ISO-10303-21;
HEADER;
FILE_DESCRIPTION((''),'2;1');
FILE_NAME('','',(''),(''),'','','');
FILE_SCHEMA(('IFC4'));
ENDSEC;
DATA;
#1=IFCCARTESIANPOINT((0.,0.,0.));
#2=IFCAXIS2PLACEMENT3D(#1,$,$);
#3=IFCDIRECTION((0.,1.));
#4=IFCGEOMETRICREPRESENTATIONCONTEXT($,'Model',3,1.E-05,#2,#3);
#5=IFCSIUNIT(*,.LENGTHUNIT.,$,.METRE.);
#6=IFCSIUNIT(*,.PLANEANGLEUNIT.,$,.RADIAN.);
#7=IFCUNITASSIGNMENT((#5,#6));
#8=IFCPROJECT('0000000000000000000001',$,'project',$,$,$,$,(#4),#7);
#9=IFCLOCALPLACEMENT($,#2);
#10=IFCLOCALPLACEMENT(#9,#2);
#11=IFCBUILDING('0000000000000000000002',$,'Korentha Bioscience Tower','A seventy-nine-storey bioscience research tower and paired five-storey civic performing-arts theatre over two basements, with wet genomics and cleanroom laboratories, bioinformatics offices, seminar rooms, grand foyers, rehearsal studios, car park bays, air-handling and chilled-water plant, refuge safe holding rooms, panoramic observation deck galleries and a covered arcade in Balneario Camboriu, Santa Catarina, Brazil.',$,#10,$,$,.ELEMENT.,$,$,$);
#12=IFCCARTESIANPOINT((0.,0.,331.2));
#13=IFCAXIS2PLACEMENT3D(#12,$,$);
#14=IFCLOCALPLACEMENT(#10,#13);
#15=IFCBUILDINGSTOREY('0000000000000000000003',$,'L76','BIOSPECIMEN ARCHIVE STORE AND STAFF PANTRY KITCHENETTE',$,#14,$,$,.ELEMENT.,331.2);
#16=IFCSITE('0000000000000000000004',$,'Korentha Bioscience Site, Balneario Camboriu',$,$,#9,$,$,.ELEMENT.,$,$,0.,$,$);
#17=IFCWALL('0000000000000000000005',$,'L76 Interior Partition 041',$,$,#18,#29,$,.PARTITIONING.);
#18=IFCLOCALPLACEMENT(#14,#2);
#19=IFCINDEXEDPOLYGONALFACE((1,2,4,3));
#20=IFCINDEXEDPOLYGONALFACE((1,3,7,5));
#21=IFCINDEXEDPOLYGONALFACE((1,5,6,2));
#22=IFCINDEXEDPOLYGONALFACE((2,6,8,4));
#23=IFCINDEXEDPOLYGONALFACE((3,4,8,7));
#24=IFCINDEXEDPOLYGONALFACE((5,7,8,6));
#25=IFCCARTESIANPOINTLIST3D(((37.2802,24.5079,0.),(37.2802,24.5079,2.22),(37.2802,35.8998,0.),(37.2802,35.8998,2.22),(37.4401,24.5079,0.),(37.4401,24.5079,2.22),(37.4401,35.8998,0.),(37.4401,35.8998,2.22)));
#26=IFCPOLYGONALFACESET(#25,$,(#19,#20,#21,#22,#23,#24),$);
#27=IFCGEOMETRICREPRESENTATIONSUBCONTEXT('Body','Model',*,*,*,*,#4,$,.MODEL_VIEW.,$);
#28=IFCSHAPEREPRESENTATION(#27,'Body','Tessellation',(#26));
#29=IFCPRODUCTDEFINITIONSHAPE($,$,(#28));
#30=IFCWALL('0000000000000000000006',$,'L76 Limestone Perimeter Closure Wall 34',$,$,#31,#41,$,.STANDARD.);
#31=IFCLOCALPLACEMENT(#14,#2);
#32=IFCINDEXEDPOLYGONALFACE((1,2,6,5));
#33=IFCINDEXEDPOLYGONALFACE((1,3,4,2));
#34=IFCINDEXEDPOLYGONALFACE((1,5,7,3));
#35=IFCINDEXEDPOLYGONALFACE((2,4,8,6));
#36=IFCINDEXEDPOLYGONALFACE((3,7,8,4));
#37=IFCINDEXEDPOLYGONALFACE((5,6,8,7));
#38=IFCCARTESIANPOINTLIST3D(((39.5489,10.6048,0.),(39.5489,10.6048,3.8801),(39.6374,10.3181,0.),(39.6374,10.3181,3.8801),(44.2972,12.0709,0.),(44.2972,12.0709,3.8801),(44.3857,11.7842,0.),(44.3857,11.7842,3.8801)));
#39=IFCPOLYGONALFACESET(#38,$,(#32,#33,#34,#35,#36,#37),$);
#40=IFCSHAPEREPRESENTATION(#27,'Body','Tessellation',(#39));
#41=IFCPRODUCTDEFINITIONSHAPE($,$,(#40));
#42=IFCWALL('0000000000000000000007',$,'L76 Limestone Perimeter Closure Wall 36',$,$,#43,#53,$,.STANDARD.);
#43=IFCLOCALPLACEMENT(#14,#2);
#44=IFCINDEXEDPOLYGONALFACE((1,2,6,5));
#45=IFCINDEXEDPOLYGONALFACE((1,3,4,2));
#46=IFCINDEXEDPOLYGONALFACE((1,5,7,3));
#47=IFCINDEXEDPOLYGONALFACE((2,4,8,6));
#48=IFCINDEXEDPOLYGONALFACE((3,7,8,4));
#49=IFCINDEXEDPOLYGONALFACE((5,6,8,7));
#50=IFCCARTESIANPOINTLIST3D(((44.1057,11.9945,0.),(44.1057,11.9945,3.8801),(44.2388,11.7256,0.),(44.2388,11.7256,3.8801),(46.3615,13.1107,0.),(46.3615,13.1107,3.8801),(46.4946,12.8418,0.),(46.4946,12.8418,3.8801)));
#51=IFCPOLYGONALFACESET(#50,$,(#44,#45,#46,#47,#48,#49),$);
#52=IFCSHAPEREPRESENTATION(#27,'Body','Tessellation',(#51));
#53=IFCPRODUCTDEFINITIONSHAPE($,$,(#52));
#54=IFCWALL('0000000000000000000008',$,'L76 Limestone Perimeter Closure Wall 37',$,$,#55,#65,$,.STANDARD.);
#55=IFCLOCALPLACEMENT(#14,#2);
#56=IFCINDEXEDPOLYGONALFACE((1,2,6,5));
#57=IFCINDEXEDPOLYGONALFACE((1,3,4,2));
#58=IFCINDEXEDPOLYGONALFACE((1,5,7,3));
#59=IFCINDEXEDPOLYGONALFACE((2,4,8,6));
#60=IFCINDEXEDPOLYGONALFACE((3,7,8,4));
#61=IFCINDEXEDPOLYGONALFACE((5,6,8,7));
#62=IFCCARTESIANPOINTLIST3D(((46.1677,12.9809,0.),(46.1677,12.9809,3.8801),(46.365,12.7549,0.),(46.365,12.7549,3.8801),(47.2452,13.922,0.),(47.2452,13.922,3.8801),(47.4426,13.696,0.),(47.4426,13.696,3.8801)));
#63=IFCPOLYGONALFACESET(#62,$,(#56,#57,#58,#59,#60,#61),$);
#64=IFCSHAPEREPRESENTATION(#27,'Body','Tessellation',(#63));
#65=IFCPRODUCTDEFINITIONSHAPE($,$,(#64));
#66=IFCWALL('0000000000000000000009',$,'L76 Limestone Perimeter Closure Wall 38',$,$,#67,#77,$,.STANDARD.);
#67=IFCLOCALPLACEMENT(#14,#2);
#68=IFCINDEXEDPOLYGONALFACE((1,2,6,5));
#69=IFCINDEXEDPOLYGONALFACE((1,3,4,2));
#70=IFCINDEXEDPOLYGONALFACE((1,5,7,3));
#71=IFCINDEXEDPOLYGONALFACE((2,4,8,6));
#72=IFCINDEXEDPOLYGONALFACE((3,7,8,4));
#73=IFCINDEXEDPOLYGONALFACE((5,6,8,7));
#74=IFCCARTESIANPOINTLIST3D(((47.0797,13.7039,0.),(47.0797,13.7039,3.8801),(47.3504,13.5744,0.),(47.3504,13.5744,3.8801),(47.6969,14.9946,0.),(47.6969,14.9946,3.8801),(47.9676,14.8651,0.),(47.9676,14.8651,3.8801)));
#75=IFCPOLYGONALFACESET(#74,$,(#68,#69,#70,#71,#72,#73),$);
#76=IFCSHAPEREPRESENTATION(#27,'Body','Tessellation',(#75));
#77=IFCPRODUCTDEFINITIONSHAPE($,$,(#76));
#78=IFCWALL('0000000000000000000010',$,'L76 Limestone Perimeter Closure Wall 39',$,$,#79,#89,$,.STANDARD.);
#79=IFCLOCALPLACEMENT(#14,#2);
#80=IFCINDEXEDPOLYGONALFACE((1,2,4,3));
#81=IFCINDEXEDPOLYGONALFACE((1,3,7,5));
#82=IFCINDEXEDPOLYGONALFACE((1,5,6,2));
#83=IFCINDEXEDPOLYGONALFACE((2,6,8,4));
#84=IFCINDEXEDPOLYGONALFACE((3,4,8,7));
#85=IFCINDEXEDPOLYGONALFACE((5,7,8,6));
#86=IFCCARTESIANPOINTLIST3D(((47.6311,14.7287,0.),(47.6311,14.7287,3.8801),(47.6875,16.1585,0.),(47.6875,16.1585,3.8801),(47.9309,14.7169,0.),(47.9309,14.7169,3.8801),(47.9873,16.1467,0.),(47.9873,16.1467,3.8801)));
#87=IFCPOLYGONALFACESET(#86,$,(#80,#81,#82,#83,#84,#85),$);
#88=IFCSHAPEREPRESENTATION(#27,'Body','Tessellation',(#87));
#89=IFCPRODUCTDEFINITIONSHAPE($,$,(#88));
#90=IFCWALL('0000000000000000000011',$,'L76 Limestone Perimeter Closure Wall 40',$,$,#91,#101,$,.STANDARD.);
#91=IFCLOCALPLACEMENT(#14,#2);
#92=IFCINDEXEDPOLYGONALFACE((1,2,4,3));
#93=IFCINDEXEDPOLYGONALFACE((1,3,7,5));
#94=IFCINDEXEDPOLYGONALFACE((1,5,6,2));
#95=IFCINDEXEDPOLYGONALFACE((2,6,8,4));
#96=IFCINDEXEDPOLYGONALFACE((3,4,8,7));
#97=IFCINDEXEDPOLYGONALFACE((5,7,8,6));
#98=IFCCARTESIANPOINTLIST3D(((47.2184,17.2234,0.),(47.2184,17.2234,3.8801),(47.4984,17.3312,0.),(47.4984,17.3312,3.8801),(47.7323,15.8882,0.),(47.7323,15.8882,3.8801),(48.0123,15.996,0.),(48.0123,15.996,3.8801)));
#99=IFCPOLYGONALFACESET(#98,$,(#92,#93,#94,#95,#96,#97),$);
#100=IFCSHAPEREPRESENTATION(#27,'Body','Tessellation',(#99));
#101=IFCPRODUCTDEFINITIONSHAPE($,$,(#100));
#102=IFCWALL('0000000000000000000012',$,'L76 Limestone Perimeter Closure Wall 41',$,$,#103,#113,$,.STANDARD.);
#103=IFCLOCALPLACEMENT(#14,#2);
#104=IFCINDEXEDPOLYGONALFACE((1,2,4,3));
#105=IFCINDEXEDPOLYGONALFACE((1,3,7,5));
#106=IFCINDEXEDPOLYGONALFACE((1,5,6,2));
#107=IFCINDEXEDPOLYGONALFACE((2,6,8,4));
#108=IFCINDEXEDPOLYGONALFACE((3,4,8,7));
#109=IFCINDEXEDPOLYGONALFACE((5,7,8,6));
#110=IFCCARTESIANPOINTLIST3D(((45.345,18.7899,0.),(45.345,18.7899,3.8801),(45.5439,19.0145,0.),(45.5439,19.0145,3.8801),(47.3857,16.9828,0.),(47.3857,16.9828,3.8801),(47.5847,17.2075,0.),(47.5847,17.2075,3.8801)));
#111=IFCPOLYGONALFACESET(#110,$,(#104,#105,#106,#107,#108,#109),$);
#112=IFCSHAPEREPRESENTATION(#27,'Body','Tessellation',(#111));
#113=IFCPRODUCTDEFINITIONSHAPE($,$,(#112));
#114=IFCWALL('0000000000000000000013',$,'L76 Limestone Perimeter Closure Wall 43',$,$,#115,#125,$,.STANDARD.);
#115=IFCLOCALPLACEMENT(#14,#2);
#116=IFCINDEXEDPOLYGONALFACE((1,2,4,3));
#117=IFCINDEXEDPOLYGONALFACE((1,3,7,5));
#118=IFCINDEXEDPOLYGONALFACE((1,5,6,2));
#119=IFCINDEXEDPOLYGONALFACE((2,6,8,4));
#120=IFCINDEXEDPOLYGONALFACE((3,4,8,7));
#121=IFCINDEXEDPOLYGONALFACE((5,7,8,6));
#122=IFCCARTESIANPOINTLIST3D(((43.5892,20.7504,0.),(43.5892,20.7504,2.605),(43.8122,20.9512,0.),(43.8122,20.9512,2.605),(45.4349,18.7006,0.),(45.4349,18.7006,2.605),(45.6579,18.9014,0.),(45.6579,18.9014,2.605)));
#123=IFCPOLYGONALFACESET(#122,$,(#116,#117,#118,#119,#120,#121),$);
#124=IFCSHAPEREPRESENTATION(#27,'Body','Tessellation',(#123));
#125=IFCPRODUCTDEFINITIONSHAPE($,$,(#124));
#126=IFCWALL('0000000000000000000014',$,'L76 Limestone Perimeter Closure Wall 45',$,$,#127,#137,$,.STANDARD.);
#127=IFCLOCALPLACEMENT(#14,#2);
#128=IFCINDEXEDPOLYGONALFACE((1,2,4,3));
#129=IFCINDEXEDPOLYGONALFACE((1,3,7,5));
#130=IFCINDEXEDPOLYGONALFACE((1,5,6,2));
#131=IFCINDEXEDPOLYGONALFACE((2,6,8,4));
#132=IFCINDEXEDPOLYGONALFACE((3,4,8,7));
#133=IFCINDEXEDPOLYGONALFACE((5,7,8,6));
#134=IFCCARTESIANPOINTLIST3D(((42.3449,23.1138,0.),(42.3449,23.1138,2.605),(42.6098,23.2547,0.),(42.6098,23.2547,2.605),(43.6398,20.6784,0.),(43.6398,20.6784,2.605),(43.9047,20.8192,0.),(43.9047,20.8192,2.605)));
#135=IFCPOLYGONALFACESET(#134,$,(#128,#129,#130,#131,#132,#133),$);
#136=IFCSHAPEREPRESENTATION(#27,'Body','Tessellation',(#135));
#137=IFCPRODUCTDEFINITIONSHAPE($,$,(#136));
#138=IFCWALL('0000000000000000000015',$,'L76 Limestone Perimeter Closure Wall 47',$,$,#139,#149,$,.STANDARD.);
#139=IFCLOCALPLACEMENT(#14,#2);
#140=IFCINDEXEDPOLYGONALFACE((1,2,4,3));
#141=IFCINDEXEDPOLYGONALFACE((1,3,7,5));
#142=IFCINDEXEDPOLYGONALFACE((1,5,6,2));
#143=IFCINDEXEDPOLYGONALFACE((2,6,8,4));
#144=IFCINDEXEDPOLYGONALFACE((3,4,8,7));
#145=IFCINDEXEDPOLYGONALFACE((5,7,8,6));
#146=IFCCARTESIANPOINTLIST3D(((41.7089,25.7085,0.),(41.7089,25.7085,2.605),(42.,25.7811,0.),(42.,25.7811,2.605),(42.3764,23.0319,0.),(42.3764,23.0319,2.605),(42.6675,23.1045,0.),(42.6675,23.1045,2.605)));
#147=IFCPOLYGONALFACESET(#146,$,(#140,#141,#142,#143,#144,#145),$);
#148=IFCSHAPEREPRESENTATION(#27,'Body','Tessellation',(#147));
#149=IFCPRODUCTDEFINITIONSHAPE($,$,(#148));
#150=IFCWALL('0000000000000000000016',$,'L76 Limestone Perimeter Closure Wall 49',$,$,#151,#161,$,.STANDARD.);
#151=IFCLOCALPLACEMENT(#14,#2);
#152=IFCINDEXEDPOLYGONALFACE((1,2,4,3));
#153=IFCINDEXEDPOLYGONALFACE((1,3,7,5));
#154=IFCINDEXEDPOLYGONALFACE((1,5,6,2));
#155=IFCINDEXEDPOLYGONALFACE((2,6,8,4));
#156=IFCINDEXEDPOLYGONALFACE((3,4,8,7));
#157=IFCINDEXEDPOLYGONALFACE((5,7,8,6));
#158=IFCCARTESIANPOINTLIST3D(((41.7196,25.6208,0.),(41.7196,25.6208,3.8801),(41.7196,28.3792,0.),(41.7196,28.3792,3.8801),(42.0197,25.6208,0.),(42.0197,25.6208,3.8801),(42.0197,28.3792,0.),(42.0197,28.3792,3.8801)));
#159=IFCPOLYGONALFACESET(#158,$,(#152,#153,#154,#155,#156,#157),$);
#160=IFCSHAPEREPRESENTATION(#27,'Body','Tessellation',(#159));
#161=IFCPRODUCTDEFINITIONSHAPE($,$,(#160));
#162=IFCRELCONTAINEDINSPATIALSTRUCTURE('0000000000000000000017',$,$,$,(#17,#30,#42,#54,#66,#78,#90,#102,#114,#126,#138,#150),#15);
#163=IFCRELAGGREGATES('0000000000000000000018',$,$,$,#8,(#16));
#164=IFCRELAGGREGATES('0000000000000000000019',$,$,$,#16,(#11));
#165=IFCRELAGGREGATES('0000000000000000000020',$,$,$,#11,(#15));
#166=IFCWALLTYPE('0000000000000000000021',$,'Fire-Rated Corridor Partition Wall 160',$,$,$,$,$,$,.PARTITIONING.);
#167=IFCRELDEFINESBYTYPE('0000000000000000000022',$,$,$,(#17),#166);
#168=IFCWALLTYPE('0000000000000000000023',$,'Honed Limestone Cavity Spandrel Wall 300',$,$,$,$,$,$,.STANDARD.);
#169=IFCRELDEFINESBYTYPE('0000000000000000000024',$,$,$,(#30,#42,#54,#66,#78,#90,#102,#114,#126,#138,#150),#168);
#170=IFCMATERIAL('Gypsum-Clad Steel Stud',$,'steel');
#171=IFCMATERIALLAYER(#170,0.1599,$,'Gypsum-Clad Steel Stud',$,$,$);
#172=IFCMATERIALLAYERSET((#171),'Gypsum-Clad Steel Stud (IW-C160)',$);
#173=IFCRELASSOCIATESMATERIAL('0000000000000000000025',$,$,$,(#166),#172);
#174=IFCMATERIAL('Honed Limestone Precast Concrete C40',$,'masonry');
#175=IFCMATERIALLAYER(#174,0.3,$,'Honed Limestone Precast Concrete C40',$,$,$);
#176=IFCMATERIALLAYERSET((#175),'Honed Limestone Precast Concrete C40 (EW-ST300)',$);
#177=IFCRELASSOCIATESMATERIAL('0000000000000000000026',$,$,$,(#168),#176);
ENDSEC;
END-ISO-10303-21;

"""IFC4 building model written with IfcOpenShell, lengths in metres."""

from ifc_helpers import new_model, si_unit, direction, frame, frame_2d, origin, place, context, subcontext, project, spatial, rectangle, extrude, material, layer, layer_set, type_object, element, save


model = new_model("IFC4")

# Units and contexts
model_context = context("Model", 3, precision=1e-05, world=origin(), true_north=direction((0.0, 1.0)))
body_context = subcontext(model_context, "Body", "Model", "MODEL_VIEW")
ifc_project = project(units=[si_unit("LENGTHUNIT", "METRE"), si_unit("PLANEANGLEUNIT", "RADIAN")], contexts=[model_context])

# Site, building, storey
site_placement = place(None, origin())
site = spatial("IfcSite", under=ifc_project, at=site_placement, Name="Korentha Bioscience Site, Balneario Camboriu", CompositionType="ELEMENT", RefElevation=0.0)
building_placement = place(site_placement, origin())
building = spatial("IfcBuilding", under=site, at=building_placement, Name="Korentha Bioscience Tower", Description="A seventy-nine-storey bioscience research tower and paired five-storey civic performing-arts theatre over two basements, with wet genomics and cleanroom laboratories, bioinformatics offices, seminar rooms, grand foyers, rehearsal studios, car park bays, air-handling and chilled-water plant, refuge safe holding rooms, panoramic observation deck galleries and a covered arcade in Balneario Camboriu, Santa Catarina, Brazil.", CompositionType="ELEMENT")
storey_placement = place(building_placement, frame((0.0, 0.0, 331.2)))
storey = spatial("IfcBuildingStorey", under=building, at=storey_placement, Name="L76", Description="BIOSPECIMEN ARCHIVE STORE AND STAFF PANTRY KITCHENETTE", CompositionType="ELEMENT", Elevation=331.2)

# Walls
ifc_material_1 = material(Name="Gypsum-Clad Steel Stud", Category="steel")
ifc_layer_1 = layer(ifc_material_1, 0.1599, Name="Gypsum-Clad Steel Stud")
ifc_layer_set_1 = layer_set([ifc_layer_1], Name="Gypsum-Clad Steel Stud (IW-C160)")
wall_type_1 = type_object("IfcWallType", Name="Fire-Rated Corridor Partition Wall 160", PredefinedType="PARTITIONING", material=ifc_layer_set_1)
wall_1_placement = place(storey_placement, frame((37.3601, 24.5081, 0.0), z_axis=(0.0, 0.0, 1.0), x_axis=(0.0, 1.0, 0.0)))
element("IfcWall", 1, at=wall_1_placement, inside=storey, type_object=wall_type_1, Name="L76 Interior Partition 041", PredefinedType="PARTITIONING", context=body_context, shape_type="SweptSolid", body=[
    extrude(rectangle(XDim=11.3918, YDim=0.1599, at=frame_2d((5.6958, 0.0))), origin(), (0.0, 0.0, 1.0), 2.22),
])
ifc_material_2 = material(Name="Honed Limestone Precast Concrete C40", Category="masonry")
ifc_layer_2 = layer(ifc_material_2, 0.3, Name="Honed Limestone Precast Concrete C40")
ifc_layer_set_2 = layer_set([ifc_layer_2], Name="Honed Limestone Precast Concrete C40 (EW-ST300)")
wall_type_2 = type_object("IfcWallType", Name="Honed Limestone Cavity Spandrel Wall 300", PredefinedType="STANDARD", material=ifc_layer_set_2)
wall_2_placement = place(storey_placement, frame((39.593, 10.4614, 0.0), z_axis=(0.0, 0.0, 1.0), x_axis=(0.955493, 0.295014, 0.0)))
element("IfcWall", 2, at=wall_2_placement, inside=storey, type_object=wall_type_2, Name="L76 Limestone Perimeter Closure Wall 34", PredefinedType="STANDARD", context=body_context, shape_type="SweptSolid", body=[
    extrude(rectangle(XDim=4.9695, YDim=0.3, at=frame_2d((2.4849, 0.0))), origin(), (0.0, 0.0, 1.0), 3.8801),
])
wall_3_placement = place(storey_placement, frame((44.1724, 11.8601, 0.0), z_axis=(0.0, 0.0, 1.0), x_axis=(0.896282, 0.443485, 0.0)))
element("IfcWall", 3, at=wall_3_placement, inside=storey, type_object=wall_type_2, Name="L76 Limestone Perimeter Closure Wall 36", PredefinedType="STANDARD", context=body_context, shape_type="SweptSolid", body=[
    extrude(rectangle(XDim=2.5168, YDim=0.3, at=frame_2d((1.2583, 0.0))), origin(), (0.0, 0.0, 1.0), 3.8801),
])
for number, where, z_axis, x_axis, name in (
    (4, (46.2664, 12.8679, 0.0), (0.0, 0.0, 1.0), (0.753189, 0.657804, 0.0), "L76 Limestone Perimeter Closure Wall 37"),
    (5, (47.2151, 13.6392, 0.0), (0.0, 0.0, 1.0), (0.431377, 0.902172, 0.0), "L76 Limestone Perimeter Closure Wall 38"),
):
    element("IfcWall", number, at=place(storey_placement, frame(where, z_axis=z_axis, x_axis=x_axis)), inside=storey, type_object=wall_type_2, Name=name, PredefinedType="STANDARD", context=body_context, shape_type="SweptSolid", body=[
        extrude(rectangle(XDim=1.4307, YDim=0.3, at=frame_2d((0.7153, 0.0))), origin(), (0.0, 0.0, 1.0), 3.8801),
    ])
wall_4_placement = place(storey_placement, frame((47.781, 14.7229, 0.0), z_axis=(0.0, 0.0, 1.0), x_axis=(0.039416, 0.999223, 0.0)))
element("IfcWall", 6, at=wall_4_placement, inside=storey, type_object=wall_type_2, Name="L76 Limestone Perimeter Closure Wall 39", PredefinedType="STANDARD", context=body_context, shape_type="SweptSolid", body=[
    extrude(rectangle(XDim=1.4309, YDim=0.3, at=frame_2d((0.7153, 0.0))), origin(), (0.0, 0.0, 1.0), 3.8801),
])
wall_5_placement = place(storey_placement, frame((47.8723, 15.9421, 0.0), z_axis=(0.0, 0.0, 1.0), x_axis=(-0.359208, 0.933258, 0.0)))
element("IfcWall", 7, at=wall_5_placement, inside=storey, type_object=wall_type_2, Name="L76 Limestone Perimeter Closure Wall 40", PredefinedType="STANDARD", context=body_context, shape_type="SweptSolid", body=[
    extrude(rectangle(XDim=1.4307, YDim=0.3, at=frame_2d((0.7153, 0.0))), origin(), (0.0, 0.0, 1.0), 3.8801),
])
wall_6_placement = place(storey_placement, frame((47.4851, 17.0952, 0.0), z_axis=(0.0, 0.0, 1.0), x_axis=(-0.748663, 0.662951, 0.0)))
element("IfcWall", 8, at=wall_6_placement, inside=storey, type_object=wall_type_2, Name="L76 Limestone Perimeter Closure Wall 41", PredefinedType="STANDARD", context=body_context, shape_type="SweptSolid", body=[
    extrude(rectangle(XDim=2.7258, YDim=0.3, at=frame_2d((1.3628, 0.0))), origin(), (0.0, 0.0, 1.0), 3.8801),
])
for number, where, z_axis, x_axis, name in (
    (9, (45.5464, 18.801, 0.0), (0.0, 0.0, 1.0), (-0.669141, 0.743136, 0.0), "L76 Limestone Perimeter Closure Wall 43"),
    (10, (43.7722, 20.7488, 0.0), (0.0, 0.0, 1.0), (-0.469449, 0.88296, 0.0), "L76 Limestone Perimeter Closure Wall 45"),
):
    element("IfcWall", number, at=place(storey_placement, frame(where, z_axis=z_axis, x_axis=x_axis)), inside=storey, type_object=wall_type_2, Name=name, PredefinedType="STANDARD", context=body_context, shape_type="SweptSolid", body=[
        extrude(rectangle(XDim=2.7583, YDim=0.3, at=frame_2d((1.3792, 0.0))), origin(), (0.0, 0.0, 1.0), 2.605),
    ])
wall_7_placement = place(storey_placement, frame((42.522, 23.0681, 0.0), z_axis=(0.0, 0.0, 1.0), x_axis=(-0.241973, 0.970283, 0.0)))
element("IfcWall", 11, at=wall_7_placement, inside=storey, type_object=wall_type_2, Name="L76 Limestone Perimeter Closure Wall 47", PredefinedType="STANDARD", context=body_context, shape_type="SweptSolid", body=[
    extrude(rectangle(XDim=2.7585, YDim=0.3, at=frame_2d((1.3794, 0.0))), origin(), (0.0, 0.0, 1.0), 2.605),
])
wall_8_placement = place(storey_placement, frame((41.8696, 25.6208, 0.0), z_axis=(0.0, 0.0, 1.0), x_axis=(0.0, 1.0, 0.0)))
element("IfcWall", 12, at=wall_8_placement, inside=storey, type_object=wall_type_2, Name="L76 Limestone Perimeter Closure Wall 49", PredefinedType="STANDARD", context=body_context, shape_type="SweptSolid", body=[
    extrude(rectangle(XDim=2.7583, YDim=0.3, at=frame_2d((1.3792, 0.0))), origin(), (0.0, 0.0, 1.0), 3.8801),
])

save(model, "model.ifc")
